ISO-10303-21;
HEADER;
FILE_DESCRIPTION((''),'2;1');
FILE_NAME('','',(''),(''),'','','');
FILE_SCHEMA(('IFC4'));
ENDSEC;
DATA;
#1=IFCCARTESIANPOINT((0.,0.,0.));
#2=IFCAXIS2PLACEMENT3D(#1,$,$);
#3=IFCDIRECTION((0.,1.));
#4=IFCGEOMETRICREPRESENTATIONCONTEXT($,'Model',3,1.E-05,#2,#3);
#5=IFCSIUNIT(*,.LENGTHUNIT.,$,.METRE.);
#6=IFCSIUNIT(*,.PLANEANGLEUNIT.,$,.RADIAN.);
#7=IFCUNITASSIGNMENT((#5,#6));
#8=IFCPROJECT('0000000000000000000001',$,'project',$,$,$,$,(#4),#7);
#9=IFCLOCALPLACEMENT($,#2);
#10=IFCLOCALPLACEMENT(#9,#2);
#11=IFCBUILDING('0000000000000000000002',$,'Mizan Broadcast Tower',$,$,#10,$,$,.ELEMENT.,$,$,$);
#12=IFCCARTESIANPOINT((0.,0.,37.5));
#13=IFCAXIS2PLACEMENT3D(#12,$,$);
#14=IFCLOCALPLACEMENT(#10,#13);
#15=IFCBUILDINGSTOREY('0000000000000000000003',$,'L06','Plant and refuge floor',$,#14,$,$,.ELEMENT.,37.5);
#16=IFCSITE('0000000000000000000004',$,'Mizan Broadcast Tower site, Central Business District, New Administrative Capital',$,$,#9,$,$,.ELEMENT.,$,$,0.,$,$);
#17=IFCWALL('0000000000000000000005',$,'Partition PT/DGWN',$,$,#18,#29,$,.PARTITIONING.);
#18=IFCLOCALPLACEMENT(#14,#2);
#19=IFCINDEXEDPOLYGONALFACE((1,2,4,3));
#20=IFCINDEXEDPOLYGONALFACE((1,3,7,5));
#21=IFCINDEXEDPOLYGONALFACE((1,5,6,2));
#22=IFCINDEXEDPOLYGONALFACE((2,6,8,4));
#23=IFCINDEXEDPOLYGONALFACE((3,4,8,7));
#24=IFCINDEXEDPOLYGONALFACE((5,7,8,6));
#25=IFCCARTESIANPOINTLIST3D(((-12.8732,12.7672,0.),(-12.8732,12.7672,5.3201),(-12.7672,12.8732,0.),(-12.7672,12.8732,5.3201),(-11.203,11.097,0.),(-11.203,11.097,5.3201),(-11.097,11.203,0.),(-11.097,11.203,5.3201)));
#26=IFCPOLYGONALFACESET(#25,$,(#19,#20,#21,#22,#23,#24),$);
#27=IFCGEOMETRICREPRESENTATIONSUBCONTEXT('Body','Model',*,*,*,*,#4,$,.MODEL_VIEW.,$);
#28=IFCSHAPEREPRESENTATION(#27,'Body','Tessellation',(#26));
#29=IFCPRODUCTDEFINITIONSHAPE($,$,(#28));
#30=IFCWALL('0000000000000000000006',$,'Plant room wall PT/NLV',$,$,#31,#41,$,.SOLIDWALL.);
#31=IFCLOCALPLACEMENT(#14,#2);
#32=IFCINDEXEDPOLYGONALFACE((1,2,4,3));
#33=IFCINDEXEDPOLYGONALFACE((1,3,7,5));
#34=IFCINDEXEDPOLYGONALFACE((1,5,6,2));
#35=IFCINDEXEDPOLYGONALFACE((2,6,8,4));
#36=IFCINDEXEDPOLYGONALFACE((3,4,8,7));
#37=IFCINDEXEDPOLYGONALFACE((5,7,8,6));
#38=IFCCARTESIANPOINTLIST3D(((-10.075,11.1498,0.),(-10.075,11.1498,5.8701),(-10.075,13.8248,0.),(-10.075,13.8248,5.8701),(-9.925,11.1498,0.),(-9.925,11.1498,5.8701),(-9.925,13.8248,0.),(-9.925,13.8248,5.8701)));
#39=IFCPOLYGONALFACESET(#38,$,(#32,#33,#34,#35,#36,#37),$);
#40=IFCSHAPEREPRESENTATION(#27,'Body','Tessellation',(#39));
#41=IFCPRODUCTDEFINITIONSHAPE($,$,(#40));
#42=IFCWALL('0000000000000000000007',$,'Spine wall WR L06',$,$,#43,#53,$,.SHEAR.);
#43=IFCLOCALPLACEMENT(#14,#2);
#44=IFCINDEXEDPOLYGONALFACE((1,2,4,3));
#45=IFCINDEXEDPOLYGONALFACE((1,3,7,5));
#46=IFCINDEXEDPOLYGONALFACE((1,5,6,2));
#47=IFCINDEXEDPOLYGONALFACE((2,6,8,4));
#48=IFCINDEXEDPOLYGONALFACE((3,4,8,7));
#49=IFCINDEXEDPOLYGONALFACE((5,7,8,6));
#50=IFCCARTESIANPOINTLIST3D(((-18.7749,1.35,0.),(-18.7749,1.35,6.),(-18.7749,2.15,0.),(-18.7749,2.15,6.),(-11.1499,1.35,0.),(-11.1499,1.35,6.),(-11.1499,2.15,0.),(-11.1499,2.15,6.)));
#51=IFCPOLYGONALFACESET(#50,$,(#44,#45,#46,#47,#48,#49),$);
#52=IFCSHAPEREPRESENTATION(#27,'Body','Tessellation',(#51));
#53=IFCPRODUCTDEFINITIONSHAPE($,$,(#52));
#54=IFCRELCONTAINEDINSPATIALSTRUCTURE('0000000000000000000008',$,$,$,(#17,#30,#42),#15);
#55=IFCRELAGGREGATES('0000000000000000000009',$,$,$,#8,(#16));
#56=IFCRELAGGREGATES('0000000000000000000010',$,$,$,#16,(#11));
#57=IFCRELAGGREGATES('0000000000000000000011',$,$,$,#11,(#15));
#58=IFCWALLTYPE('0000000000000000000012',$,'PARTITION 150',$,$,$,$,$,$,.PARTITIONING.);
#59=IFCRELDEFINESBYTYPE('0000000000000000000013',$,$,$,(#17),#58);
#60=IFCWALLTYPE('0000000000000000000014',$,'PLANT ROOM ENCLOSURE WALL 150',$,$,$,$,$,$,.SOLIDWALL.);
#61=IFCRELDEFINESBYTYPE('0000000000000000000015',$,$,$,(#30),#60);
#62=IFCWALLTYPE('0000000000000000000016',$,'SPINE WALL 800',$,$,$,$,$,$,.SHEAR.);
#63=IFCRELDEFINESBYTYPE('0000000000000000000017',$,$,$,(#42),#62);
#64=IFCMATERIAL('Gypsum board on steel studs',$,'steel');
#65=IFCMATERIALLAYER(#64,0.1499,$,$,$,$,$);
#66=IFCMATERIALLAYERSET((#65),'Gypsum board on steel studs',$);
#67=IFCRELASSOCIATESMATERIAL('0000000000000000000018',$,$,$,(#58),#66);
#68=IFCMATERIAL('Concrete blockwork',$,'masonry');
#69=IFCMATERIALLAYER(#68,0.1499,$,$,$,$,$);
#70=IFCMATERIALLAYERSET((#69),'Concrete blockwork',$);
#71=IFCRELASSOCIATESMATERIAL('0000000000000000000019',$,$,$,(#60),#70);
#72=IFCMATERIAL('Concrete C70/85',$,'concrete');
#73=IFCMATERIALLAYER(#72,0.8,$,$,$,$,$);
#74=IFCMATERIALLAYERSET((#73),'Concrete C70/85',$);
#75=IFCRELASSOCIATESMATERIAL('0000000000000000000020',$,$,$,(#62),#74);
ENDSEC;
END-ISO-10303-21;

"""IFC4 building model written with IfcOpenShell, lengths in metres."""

from ifc_helpers import new_model, si_unit, direction, frame, frame_2d, origin, place, context, subcontext, project, spatial, rectangle, extrude, material, layer, layer_set, type_object, element, save


model = new_model("IFC4")

# Units and contexts
model_context = context("Model", 3, precision=1e-05, world=origin(), true_north=direction((0.0, 1.0)))
body_context = subcontext(model_context, "Body", "Model", "MODEL_VIEW")
ifc_project = project(units=[si_unit("LENGTHUNIT", "METRE"), si_unit("PLANEANGLEUNIT", "RADIAN")], contexts=[model_context])

# Site, building, storey
site_placement = place(None, origin())
site = spatial("IfcSite", under=ifc_project, at=site_placement, Name="Mizan Broadcast Tower site, Central Business District, New Administrative Capital", CompositionType="ELEMENT", RefElevation=0.0)
building_placement = place(site_placement, origin())
building = spatial("IfcBuilding", under=site, at=building_placement, Name="Mizan Broadcast Tower", CompositionType="ELEMENT")
storey_placement = place(building_placement, frame((0.0, 0.0, 37.5)))
storey = spatial("IfcBuildingStorey", under=building, at=storey_placement, Name="L06", Description="Plant and refuge floor", CompositionType="ELEMENT", Elevation=37.5)

# Walls
ifc_material_1 = material(Name="Gypsum board on steel studs", Category="steel")
ifc_layer_1 = layer(ifc_material_1, 0.1499)
ifc_layer_set_1 = layer_set([ifc_layer_1], Name="Gypsum board on steel studs")
wall_type_1 = type_object("IfcWallType", Name="PARTITION 150", PredefinedType="PARTITIONING", material=ifc_layer_set_1)
wall_1_placement = place(storey_placement, frame((-11.1499, 11.1499, 0.0), z_axis=(0.0, 0.0, 1.0), x_axis=(-0.707107, 0.707107, 0.0)))
element("IfcWall", 1, at=wall_1_placement, inside=storey, type_object=wall_type_1, Name="Partition PT/DGWN", PredefinedType="PARTITIONING", context=body_context, shape_type="SweptSolid", body=[
    extrude(rectangle(XDim=2.3621, YDim=0.1499, at=frame_2d((1.1812, 0.0))), origin(), (0.0, 0.0, 1.0), 5.3201),
])
ifc_material_2 = material(Name="Concrete blockwork", Category="masonry")
ifc_layer_2 = layer(ifc_material_2, 0.1499)
ifc_layer_set_2 = layer_set([ifc_layer_2], Name="Concrete blockwork")
wall_type_2 = type_object("IfcWallType", Name="PLANT ROOM ENCLOSURE WALL 150", PredefinedType="SOLIDWALL", material=ifc_layer_set_2)
wall_2_placement = place(storey_placement, frame((-10.0, 11.1499, 0.0), z_axis=(0.0, 0.0, 1.0), x_axis=(0.0, 1.0, 0.0)))
element("IfcWall", 2, at=wall_2_placement, inside=storey, type_object=wall_type_2, Name="Plant room wall PT/NLV", PredefinedType="SOLIDWALL", context=body_context, shape_type="SweptSolid", body=[
    extrude(rectangle(XDim=2.675, YDim=0.1499, at=frame_2d((1.3374, 0.0))), origin(), (0.0, 0.0, 1.0), 5.8701),
])
ifc_material_3 = material(Name="Concrete C70/85", Category="concrete")
ifc_layer_3 = layer(ifc_material_3, 0.8)
ifc_layer_set_3 = layer_set([ifc_layer_3], Name="Concrete C70/85")
wall_type_3 = type_object("IfcWallType", Name="SPINE WALL 800", PredefinedType="SHEAR", material=ifc_layer_set_3)
wall_3_placement = place(storey_placement, frame((-11.1499, 1.75, 0.0), z_axis=(0.0, 0.0, 1.0), x_axis=(-1.0, 0.0, 0.0)))
element("IfcWall", 3, at=wall_3_placement, inside=storey, type_object=wall_type_3, Name="Spine wall WR L06", PredefinedType="SHEAR", context=body_context, shape_type="SweptSolid", body=[
    extrude(rectangle(XDim=7.625, YDim=0.8, at=frame_2d((3.8125, 0.0))), origin(), (0.0, 0.0, 1.0), 6.0),
])

save(model, "model.ifc")
